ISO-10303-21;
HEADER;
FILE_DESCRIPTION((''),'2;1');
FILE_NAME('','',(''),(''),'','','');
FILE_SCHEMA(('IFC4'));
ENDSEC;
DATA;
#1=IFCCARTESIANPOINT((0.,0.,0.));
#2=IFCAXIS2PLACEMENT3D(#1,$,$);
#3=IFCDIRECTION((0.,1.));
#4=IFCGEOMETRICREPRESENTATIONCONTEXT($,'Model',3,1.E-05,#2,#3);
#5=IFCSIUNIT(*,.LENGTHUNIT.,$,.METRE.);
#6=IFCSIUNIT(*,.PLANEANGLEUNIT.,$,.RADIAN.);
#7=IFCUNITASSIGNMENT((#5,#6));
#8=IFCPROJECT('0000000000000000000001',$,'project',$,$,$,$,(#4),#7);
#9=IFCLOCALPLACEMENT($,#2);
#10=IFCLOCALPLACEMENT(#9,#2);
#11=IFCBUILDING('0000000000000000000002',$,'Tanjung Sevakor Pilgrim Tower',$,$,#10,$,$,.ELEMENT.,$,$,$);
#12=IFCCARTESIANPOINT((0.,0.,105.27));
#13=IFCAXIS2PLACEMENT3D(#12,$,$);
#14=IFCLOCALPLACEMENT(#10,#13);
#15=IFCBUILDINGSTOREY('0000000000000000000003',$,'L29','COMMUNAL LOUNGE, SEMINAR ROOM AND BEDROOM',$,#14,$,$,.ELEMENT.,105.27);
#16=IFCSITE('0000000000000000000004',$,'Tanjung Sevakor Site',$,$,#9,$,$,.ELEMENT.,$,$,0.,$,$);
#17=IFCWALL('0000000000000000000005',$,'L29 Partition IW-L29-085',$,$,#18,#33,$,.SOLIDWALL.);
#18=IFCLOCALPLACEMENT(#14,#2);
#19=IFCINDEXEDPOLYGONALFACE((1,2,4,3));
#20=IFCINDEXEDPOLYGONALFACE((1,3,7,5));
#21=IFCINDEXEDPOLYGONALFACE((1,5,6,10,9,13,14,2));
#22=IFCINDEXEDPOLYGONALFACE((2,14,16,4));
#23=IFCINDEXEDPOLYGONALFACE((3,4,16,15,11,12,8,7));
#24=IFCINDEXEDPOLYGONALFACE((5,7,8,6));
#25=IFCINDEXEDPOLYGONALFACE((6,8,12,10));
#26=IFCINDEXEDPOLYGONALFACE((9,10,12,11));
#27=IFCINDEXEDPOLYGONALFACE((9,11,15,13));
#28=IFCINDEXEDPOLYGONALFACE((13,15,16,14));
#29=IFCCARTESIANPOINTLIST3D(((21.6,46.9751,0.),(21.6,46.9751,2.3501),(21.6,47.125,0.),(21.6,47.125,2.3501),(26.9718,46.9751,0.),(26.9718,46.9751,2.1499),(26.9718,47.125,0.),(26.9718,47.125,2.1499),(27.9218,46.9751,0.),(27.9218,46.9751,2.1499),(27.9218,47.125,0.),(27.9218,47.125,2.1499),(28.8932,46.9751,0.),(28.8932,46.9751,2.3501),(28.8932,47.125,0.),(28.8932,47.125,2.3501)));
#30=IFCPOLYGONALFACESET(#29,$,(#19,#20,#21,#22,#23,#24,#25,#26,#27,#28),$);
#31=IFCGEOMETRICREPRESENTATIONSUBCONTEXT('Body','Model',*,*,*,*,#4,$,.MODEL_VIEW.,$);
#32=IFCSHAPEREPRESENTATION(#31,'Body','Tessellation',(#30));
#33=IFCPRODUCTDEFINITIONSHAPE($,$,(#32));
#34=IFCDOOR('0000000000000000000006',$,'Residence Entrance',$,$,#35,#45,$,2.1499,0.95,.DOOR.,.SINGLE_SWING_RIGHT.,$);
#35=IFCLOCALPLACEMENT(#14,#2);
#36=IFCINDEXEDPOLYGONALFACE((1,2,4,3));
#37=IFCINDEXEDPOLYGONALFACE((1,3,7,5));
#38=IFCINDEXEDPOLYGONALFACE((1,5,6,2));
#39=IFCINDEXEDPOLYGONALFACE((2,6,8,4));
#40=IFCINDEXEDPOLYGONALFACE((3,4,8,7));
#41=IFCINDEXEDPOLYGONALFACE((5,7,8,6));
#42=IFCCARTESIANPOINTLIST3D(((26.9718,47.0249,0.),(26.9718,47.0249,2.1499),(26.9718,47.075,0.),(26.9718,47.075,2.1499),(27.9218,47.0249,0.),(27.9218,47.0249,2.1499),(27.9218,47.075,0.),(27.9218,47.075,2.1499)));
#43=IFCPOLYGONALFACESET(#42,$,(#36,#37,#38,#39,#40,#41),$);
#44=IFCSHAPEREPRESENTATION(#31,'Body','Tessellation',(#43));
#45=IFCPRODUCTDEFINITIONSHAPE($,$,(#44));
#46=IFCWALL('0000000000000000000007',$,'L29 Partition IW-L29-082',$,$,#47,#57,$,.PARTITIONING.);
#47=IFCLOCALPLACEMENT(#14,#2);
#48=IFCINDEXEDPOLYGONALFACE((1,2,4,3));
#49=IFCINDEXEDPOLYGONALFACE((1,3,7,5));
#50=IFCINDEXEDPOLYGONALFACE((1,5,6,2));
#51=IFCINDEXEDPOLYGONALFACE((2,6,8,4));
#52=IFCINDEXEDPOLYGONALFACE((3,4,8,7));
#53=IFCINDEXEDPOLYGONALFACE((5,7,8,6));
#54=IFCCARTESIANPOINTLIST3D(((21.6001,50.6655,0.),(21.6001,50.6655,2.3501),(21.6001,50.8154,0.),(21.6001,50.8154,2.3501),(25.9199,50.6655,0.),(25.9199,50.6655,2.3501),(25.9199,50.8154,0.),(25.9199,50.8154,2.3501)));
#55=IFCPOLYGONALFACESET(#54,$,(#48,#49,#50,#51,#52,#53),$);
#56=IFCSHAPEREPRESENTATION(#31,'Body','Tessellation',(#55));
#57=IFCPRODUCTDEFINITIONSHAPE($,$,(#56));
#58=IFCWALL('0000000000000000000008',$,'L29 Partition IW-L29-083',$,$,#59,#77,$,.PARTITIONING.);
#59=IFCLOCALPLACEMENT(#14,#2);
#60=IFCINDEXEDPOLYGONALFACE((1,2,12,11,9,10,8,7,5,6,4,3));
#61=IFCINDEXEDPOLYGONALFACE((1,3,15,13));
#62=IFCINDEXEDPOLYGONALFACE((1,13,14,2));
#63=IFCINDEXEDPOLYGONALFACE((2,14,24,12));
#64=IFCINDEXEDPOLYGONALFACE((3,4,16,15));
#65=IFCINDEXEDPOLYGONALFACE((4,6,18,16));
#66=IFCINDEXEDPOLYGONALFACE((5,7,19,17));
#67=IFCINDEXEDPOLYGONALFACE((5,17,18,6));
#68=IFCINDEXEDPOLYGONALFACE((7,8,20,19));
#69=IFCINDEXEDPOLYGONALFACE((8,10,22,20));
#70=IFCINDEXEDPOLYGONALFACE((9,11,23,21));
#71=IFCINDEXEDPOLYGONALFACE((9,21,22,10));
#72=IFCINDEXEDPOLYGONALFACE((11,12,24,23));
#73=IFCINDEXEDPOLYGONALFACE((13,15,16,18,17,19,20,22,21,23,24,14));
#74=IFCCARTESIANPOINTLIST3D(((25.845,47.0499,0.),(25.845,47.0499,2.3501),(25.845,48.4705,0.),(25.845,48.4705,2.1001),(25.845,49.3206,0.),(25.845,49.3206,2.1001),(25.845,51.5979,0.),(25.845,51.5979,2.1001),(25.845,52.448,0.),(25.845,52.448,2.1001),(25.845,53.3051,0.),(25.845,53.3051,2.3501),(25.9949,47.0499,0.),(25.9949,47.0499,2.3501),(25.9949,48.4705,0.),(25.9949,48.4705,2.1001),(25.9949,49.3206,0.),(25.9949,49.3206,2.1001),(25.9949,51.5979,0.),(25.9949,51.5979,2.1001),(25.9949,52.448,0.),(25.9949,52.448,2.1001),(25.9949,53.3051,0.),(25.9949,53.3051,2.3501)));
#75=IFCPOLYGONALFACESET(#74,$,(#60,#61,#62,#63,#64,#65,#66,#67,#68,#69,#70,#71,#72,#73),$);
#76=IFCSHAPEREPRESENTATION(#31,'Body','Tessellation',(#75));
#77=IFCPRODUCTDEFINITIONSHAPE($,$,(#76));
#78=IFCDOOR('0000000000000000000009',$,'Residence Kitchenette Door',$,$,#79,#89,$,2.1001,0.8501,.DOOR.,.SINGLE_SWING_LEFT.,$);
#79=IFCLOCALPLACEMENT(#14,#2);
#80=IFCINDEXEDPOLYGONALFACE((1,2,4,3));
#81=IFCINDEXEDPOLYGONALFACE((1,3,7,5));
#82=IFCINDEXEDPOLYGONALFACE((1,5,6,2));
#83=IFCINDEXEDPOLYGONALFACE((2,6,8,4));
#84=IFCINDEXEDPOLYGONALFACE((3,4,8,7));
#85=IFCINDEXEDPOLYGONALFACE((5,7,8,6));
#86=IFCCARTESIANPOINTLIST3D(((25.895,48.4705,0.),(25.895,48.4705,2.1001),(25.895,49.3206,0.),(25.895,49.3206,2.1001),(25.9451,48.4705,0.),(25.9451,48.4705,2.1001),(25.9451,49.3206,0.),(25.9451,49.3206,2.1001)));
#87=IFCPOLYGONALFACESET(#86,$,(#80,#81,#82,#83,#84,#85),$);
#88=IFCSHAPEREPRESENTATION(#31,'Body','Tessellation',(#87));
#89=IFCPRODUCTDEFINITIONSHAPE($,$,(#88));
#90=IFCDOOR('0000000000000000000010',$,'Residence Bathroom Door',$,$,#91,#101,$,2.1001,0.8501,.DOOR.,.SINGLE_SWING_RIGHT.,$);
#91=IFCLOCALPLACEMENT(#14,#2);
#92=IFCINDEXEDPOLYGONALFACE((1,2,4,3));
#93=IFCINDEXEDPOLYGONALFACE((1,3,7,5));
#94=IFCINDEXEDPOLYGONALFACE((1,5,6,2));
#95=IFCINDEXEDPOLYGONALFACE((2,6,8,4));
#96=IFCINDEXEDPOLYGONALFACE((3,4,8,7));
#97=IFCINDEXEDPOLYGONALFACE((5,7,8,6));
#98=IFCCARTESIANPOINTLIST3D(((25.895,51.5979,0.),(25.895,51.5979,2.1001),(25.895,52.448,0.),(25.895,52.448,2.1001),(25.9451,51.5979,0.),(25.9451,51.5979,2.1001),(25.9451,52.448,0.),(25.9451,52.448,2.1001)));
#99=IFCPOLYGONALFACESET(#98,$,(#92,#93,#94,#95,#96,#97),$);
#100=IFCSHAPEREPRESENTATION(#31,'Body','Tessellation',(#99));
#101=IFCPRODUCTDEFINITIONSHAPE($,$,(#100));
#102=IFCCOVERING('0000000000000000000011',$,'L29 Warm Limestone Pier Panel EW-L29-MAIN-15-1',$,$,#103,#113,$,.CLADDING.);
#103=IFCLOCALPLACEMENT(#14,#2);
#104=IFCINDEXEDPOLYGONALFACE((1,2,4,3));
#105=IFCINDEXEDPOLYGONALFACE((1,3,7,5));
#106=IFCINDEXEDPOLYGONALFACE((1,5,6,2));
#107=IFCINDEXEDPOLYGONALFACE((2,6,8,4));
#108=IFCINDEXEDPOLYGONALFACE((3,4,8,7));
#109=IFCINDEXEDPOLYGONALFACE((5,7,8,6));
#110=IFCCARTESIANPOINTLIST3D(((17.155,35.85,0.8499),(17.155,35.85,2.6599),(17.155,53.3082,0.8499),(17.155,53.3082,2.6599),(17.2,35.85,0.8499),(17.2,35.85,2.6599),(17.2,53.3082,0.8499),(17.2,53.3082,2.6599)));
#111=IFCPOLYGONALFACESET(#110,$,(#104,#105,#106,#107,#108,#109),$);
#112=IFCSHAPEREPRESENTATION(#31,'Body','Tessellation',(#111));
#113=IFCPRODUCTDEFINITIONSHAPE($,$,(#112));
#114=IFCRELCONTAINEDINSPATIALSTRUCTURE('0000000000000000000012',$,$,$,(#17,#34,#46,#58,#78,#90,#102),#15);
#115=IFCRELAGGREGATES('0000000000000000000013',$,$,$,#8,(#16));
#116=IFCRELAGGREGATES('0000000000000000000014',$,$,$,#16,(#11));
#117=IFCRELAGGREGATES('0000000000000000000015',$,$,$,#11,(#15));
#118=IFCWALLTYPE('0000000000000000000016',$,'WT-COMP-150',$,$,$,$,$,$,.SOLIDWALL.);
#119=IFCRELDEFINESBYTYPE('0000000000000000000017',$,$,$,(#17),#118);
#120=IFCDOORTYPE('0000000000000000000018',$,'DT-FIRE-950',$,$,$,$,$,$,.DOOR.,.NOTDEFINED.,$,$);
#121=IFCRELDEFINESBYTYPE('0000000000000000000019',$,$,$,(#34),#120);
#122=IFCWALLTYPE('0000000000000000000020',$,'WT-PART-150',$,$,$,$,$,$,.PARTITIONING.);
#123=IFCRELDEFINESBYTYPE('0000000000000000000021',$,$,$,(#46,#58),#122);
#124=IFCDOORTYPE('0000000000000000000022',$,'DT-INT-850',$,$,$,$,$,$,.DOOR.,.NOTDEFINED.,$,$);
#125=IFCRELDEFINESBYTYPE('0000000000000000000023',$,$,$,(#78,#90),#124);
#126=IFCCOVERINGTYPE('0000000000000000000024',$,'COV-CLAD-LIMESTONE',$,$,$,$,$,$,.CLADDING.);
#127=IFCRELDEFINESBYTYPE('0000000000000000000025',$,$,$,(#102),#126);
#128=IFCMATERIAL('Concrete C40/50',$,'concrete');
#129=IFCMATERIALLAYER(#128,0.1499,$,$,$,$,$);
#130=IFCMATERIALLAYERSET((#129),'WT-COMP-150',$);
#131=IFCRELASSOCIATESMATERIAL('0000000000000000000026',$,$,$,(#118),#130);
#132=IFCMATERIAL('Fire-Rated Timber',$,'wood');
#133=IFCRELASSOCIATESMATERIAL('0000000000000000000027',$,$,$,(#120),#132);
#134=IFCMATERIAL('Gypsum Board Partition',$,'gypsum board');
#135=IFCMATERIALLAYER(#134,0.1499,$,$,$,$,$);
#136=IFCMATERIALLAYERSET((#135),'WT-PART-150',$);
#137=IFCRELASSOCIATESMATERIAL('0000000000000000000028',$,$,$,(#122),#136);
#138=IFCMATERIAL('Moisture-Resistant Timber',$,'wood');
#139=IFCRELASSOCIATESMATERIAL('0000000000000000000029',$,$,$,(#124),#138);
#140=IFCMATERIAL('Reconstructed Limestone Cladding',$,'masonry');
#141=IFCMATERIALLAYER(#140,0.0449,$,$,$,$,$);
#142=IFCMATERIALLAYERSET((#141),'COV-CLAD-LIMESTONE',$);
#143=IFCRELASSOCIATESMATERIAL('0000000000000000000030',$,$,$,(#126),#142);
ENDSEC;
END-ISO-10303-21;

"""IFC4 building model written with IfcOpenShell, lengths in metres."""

from ifc_helpers import new_model, si_unit, direction, frame, frame_2d, origin, origin_2d, place, context, subcontext, project, spatial, rectangle, extrude, material, layer, layer_set, type_object, element, fill, save


model = new_model("IFC4")

# Units and contexts
model_context = context("Model", 3, precision=1e-05, world=origin(), true_north=direction((0.0, 1.0)))
body_context = subcontext(model_context, "Body", "Model", "MODEL_VIEW")
ifc_project = project(units=[si_unit("LENGTHUNIT", "METRE"), si_unit("PLANEANGLEUNIT", "RADIAN")], contexts=[model_context])

# Site, building, storey
site_placement = place(None, origin())
site = spatial("IfcSite", under=ifc_project, at=site_placement, Name="Tanjung Sevakor Site", CompositionType="ELEMENT", RefElevation=0.0)
building_placement = place(site_placement, origin())
building = spatial("IfcBuilding", under=site, at=building_placement, Name="Tanjung Sevakor Pilgrim Tower", CompositionType="ELEMENT")
storey_placement = place(building_placement, frame((0.0, 0.0, 105.27)))
storey = spatial("IfcBuildingStorey", under=building, at=storey_placement, Name="L29", Description="COMMUNAL LOUNGE, SEMINAR ROOM AND BEDROOM", CompositionType="ELEMENT", Elevation=105.27)

# Shared definitions
ifc_material_1 = material(Name="Concrete C40/50", Category="concrete")
ifc_layer_1 = layer(ifc_material_1, 0.1499)
ifc_layer_set_1 = layer_set([ifc_layer_1], Name="WT-COMP-150")
wall_type_1 = type_object("IfcWallType", Name="WT-COMP-150", PredefinedType="SOLIDWALL", material=ifc_layer_set_1)

# Wall, opening, door
wall_1_placement = place(storey_placement, frame((21.6001, 47.05, 0.0), z_axis=(0.0, 0.0, 1.0), x_axis=(1.0, 0.0, 0.0)))
wall_1 = element("IfcWall", 1, at=wall_1_placement, inside=storey, type_object=wall_type_1, Name="L29 Partition IW-L29-085", PredefinedType="SOLIDWALL", context=body_context, shape_type="SweptSolid", body=[
    extrude(rectangle(XDim=7.2932, YDim=0.1499, at=frame_2d((3.6465, 0.0))), origin(), (0.0, 0.0, 1.0), 2.3501),
])
opening_1_placement = place(wall_1_placement, frame((5.3716, 0.0, 0.0)))
opening_1 = element("IfcOpeningElement", 2, at=opening_1_placement, cuts=wall_1, PredefinedType="OPENING", context=body_context, shape_type="SweptSolid", body=[
    extrude(rectangle(XDim=0.95, YDim=2.1499, at=frame_2d((0.4751, 1.075))), frame((0.0, 0.085, 0.0), z_axis=(0.0, -1.0, 0.0), x_axis=(1.0, 0.0, 0.0)), (0.0, 0.0, 1.0), 0.1699),
])
ifc_material_2 = material(Name="Fire-Rated Timber", Category="wood")
door_type_1 = type_object("IfcDoorType", Name="DT-FIRE-950", OperationType="NOTDEFINED", PredefinedType="DOOR", material=ifc_material_2)
door_1_placement = place(opening_1_placement, origin())
door_1 = element("IfcDoor", 3, at=door_1_placement, inside=storey, type_object=door_type_1, Name="Residence Entrance", OperationType="SINGLE_SWING_RIGHT", OverallHeight=2.1499, OverallWidth=0.95, PredefinedType="DOOR", context=body_context, shape_type="SweptSolid", body=[
    extrude(rectangle(XDim=0.95, YDim=2.1499, at=frame_2d((0.4751, 1.075))), frame((0.0, 0.0249, 0.0), z_axis=(0.0, -1.0, 0.0), x_axis=(1.0, 0.0, 0.0)), (0.0, 0.0, 1.0), 0.05),
])
fill(opening_1, door_1)

# Wall
ifc_material_3 = material(Name="Gypsum Board Partition", Category="gypsum board")
ifc_layer_2 = layer(ifc_material_3, 0.1499)
ifc_layer_set_2 = layer_set([ifc_layer_2], Name="WT-PART-150")
wall_type_2 = type_object("IfcWallType", Name="WT-PART-150", PredefinedType="PARTITIONING", material=ifc_layer_set_2)
wall_2_placement = place(storey_placement, frame((21.6001, 50.7405, 0.0), z_axis=(0.0, 0.0, 1.0), x_axis=(1.0, 0.0, 0.0)))
element("IfcWall", 4, at=wall_2_placement, inside=storey, type_object=wall_type_2, Name="L29 Partition IW-L29-082", PredefinedType="PARTITIONING", context=body_context, shape_type="SweptSolid", body=[
    extrude(rectangle(XDim=4.3198, YDim=0.1499, at=frame_2d((2.1599, 0.0))), origin(), (0.0, 0.0, 1.0), 2.3501),
])

# Wall, openings, doors
wall_3_placement = place(storey_placement, frame((25.9199, 47.05, 0.0), z_axis=(0.0, 0.0, 1.0), x_axis=(0.0, 1.0, 0.0)))
wall_3 = element("IfcWall", 5, at=wall_3_placement, inside=storey, type_object=wall_type_2, Name="L29 Partition IW-L29-083", PredefinedType="PARTITIONING", context=body_context, shape_type="SweptSolid", body=[
    extrude(rectangle(XDim=6.2551, YDim=0.1499, at=frame_2d((3.1274, 0.0))), origin(), (0.0, 0.0, 1.0), 2.3501),
])
opening_2_placement = place(wall_3_placement, frame((1.4204, 0.0, 0.0)))
opening_2 = element("IfcOpeningElement", 6, at=opening_2_placement, cuts=wall_3, PredefinedType="OPENING", context=body_context, shape_type="SweptSolid", body=[
    extrude(rectangle(XDim=0.8501, YDim=2.1001, at=frame_2d((0.425, 1.05))), frame((0.0, 0.085, 0.0), z_axis=(0.0, -1.0, 0.0), x_axis=(1.0, 0.0, 0.0)), (0.0, 0.0, 1.0), 0.1699),
])
opening_3_placement = place(wall_3_placement, frame((4.5479, 0.0, 0.0)))
opening_3 = element("IfcOpeningElement", 7, at=opening_3_placement, cuts=wall_3, PredefinedType="OPENING", context=body_context, shape_type="SweptSolid", body=[
    extrude(rectangle(XDim=0.8501, YDim=2.1001, at=frame_2d((0.425, 1.05))), frame((0.0, 0.085, 0.0), z_axis=(0.0, -1.0, 0.0), x_axis=(1.0, 0.0, 0.0)), (0.0, 0.0, 1.0), 0.1699),
])
ifc_material_4 = material(Name="Moisture-Resistant Timber", Category="wood")
door_type_2 = type_object("IfcDoorType", Name="DT-INT-850", OperationType="NOTDEFINED", PredefinedType="DOOR", material=ifc_material_4)
door_2_placement = place(opening_2_placement, origin())
door_2 = element("IfcDoor", 8, at=door_2_placement, inside=storey, type_object=door_type_2, Name="Residence Kitchenette Door", OperationType="SINGLE_SWING_LEFT", OverallHeight=2.1001, OverallWidth=0.8501, PredefinedType="DOOR", context=body_context, shape_type="SweptSolid", body=[
    extrude(rectangle(XDim=0.8501, YDim=2.1001, at=frame_2d((0.425, 1.05))), frame((0.0, 0.0249, 0.0), z_axis=(0.0, -1.0, 0.0), x_axis=(1.0, 0.0, 0.0)), (0.0, 0.0, 1.0), 0.05),
])
fill(opening_2, door_2)
door_3_placement = place(opening_3_placement, origin())
door_3 = element("IfcDoor", 9, at=door_3_placement, inside=storey, type_object=door_type_2, Name="Residence Bathroom Door", OperationType="SINGLE_SWING_RIGHT", OverallHeight=2.1001, OverallWidth=0.8501, PredefinedType="DOOR", context=body_context, shape_type="SweptSolid", body=[
    extrude(rectangle(XDim=0.8501, YDim=2.1001, at=frame_2d((0.425, 1.05))), frame((0.0, 0.0249, 0.0), z_axis=(0.0, -1.0, 0.0), x_axis=(1.0, 0.0, 0.0)), (0.0, 0.0, 1.0), 0.05),
])
fill(opening_3, door_3)

# Covering
ifc_material_5 = material(Name="Reconstructed Limestone Cladding", Category="masonry")
ifc_layer_3 = layer(ifc_material_5, 0.0449)
ifc_layer_set_3 = layer_set([ifc_layer_3], Name="COV-CLAD-LIMESTONE")
covering_type = type_object("IfcCoveringType", Name="COV-CLAD-LIMESTONE", PredefinedType="CLADDING", material=ifc_layer_set_3)
covering_placement = place(storey_placement, frame((17.1775, 44.5791, 0.8499), z_axis=(0.0, 0.0, 1.0), x_axis=(0.0, -1.0, 0.0)))
element("IfcCovering", 10, at=covering_placement, inside=storey, type_object=covering_type, Name="L29 Warm Limestone Pier Panel EW-L29-MAIN-15-1", PredefinedType="CLADDING", context=body_context, shape_type="SweptSolid", body=[
    extrude(rectangle(XDim=17.4583, YDim=0.0449, at=origin_2d()), origin(), (0.0, 0.0, 1.0), 1.8101),
])

save(model, "model.ifc")
